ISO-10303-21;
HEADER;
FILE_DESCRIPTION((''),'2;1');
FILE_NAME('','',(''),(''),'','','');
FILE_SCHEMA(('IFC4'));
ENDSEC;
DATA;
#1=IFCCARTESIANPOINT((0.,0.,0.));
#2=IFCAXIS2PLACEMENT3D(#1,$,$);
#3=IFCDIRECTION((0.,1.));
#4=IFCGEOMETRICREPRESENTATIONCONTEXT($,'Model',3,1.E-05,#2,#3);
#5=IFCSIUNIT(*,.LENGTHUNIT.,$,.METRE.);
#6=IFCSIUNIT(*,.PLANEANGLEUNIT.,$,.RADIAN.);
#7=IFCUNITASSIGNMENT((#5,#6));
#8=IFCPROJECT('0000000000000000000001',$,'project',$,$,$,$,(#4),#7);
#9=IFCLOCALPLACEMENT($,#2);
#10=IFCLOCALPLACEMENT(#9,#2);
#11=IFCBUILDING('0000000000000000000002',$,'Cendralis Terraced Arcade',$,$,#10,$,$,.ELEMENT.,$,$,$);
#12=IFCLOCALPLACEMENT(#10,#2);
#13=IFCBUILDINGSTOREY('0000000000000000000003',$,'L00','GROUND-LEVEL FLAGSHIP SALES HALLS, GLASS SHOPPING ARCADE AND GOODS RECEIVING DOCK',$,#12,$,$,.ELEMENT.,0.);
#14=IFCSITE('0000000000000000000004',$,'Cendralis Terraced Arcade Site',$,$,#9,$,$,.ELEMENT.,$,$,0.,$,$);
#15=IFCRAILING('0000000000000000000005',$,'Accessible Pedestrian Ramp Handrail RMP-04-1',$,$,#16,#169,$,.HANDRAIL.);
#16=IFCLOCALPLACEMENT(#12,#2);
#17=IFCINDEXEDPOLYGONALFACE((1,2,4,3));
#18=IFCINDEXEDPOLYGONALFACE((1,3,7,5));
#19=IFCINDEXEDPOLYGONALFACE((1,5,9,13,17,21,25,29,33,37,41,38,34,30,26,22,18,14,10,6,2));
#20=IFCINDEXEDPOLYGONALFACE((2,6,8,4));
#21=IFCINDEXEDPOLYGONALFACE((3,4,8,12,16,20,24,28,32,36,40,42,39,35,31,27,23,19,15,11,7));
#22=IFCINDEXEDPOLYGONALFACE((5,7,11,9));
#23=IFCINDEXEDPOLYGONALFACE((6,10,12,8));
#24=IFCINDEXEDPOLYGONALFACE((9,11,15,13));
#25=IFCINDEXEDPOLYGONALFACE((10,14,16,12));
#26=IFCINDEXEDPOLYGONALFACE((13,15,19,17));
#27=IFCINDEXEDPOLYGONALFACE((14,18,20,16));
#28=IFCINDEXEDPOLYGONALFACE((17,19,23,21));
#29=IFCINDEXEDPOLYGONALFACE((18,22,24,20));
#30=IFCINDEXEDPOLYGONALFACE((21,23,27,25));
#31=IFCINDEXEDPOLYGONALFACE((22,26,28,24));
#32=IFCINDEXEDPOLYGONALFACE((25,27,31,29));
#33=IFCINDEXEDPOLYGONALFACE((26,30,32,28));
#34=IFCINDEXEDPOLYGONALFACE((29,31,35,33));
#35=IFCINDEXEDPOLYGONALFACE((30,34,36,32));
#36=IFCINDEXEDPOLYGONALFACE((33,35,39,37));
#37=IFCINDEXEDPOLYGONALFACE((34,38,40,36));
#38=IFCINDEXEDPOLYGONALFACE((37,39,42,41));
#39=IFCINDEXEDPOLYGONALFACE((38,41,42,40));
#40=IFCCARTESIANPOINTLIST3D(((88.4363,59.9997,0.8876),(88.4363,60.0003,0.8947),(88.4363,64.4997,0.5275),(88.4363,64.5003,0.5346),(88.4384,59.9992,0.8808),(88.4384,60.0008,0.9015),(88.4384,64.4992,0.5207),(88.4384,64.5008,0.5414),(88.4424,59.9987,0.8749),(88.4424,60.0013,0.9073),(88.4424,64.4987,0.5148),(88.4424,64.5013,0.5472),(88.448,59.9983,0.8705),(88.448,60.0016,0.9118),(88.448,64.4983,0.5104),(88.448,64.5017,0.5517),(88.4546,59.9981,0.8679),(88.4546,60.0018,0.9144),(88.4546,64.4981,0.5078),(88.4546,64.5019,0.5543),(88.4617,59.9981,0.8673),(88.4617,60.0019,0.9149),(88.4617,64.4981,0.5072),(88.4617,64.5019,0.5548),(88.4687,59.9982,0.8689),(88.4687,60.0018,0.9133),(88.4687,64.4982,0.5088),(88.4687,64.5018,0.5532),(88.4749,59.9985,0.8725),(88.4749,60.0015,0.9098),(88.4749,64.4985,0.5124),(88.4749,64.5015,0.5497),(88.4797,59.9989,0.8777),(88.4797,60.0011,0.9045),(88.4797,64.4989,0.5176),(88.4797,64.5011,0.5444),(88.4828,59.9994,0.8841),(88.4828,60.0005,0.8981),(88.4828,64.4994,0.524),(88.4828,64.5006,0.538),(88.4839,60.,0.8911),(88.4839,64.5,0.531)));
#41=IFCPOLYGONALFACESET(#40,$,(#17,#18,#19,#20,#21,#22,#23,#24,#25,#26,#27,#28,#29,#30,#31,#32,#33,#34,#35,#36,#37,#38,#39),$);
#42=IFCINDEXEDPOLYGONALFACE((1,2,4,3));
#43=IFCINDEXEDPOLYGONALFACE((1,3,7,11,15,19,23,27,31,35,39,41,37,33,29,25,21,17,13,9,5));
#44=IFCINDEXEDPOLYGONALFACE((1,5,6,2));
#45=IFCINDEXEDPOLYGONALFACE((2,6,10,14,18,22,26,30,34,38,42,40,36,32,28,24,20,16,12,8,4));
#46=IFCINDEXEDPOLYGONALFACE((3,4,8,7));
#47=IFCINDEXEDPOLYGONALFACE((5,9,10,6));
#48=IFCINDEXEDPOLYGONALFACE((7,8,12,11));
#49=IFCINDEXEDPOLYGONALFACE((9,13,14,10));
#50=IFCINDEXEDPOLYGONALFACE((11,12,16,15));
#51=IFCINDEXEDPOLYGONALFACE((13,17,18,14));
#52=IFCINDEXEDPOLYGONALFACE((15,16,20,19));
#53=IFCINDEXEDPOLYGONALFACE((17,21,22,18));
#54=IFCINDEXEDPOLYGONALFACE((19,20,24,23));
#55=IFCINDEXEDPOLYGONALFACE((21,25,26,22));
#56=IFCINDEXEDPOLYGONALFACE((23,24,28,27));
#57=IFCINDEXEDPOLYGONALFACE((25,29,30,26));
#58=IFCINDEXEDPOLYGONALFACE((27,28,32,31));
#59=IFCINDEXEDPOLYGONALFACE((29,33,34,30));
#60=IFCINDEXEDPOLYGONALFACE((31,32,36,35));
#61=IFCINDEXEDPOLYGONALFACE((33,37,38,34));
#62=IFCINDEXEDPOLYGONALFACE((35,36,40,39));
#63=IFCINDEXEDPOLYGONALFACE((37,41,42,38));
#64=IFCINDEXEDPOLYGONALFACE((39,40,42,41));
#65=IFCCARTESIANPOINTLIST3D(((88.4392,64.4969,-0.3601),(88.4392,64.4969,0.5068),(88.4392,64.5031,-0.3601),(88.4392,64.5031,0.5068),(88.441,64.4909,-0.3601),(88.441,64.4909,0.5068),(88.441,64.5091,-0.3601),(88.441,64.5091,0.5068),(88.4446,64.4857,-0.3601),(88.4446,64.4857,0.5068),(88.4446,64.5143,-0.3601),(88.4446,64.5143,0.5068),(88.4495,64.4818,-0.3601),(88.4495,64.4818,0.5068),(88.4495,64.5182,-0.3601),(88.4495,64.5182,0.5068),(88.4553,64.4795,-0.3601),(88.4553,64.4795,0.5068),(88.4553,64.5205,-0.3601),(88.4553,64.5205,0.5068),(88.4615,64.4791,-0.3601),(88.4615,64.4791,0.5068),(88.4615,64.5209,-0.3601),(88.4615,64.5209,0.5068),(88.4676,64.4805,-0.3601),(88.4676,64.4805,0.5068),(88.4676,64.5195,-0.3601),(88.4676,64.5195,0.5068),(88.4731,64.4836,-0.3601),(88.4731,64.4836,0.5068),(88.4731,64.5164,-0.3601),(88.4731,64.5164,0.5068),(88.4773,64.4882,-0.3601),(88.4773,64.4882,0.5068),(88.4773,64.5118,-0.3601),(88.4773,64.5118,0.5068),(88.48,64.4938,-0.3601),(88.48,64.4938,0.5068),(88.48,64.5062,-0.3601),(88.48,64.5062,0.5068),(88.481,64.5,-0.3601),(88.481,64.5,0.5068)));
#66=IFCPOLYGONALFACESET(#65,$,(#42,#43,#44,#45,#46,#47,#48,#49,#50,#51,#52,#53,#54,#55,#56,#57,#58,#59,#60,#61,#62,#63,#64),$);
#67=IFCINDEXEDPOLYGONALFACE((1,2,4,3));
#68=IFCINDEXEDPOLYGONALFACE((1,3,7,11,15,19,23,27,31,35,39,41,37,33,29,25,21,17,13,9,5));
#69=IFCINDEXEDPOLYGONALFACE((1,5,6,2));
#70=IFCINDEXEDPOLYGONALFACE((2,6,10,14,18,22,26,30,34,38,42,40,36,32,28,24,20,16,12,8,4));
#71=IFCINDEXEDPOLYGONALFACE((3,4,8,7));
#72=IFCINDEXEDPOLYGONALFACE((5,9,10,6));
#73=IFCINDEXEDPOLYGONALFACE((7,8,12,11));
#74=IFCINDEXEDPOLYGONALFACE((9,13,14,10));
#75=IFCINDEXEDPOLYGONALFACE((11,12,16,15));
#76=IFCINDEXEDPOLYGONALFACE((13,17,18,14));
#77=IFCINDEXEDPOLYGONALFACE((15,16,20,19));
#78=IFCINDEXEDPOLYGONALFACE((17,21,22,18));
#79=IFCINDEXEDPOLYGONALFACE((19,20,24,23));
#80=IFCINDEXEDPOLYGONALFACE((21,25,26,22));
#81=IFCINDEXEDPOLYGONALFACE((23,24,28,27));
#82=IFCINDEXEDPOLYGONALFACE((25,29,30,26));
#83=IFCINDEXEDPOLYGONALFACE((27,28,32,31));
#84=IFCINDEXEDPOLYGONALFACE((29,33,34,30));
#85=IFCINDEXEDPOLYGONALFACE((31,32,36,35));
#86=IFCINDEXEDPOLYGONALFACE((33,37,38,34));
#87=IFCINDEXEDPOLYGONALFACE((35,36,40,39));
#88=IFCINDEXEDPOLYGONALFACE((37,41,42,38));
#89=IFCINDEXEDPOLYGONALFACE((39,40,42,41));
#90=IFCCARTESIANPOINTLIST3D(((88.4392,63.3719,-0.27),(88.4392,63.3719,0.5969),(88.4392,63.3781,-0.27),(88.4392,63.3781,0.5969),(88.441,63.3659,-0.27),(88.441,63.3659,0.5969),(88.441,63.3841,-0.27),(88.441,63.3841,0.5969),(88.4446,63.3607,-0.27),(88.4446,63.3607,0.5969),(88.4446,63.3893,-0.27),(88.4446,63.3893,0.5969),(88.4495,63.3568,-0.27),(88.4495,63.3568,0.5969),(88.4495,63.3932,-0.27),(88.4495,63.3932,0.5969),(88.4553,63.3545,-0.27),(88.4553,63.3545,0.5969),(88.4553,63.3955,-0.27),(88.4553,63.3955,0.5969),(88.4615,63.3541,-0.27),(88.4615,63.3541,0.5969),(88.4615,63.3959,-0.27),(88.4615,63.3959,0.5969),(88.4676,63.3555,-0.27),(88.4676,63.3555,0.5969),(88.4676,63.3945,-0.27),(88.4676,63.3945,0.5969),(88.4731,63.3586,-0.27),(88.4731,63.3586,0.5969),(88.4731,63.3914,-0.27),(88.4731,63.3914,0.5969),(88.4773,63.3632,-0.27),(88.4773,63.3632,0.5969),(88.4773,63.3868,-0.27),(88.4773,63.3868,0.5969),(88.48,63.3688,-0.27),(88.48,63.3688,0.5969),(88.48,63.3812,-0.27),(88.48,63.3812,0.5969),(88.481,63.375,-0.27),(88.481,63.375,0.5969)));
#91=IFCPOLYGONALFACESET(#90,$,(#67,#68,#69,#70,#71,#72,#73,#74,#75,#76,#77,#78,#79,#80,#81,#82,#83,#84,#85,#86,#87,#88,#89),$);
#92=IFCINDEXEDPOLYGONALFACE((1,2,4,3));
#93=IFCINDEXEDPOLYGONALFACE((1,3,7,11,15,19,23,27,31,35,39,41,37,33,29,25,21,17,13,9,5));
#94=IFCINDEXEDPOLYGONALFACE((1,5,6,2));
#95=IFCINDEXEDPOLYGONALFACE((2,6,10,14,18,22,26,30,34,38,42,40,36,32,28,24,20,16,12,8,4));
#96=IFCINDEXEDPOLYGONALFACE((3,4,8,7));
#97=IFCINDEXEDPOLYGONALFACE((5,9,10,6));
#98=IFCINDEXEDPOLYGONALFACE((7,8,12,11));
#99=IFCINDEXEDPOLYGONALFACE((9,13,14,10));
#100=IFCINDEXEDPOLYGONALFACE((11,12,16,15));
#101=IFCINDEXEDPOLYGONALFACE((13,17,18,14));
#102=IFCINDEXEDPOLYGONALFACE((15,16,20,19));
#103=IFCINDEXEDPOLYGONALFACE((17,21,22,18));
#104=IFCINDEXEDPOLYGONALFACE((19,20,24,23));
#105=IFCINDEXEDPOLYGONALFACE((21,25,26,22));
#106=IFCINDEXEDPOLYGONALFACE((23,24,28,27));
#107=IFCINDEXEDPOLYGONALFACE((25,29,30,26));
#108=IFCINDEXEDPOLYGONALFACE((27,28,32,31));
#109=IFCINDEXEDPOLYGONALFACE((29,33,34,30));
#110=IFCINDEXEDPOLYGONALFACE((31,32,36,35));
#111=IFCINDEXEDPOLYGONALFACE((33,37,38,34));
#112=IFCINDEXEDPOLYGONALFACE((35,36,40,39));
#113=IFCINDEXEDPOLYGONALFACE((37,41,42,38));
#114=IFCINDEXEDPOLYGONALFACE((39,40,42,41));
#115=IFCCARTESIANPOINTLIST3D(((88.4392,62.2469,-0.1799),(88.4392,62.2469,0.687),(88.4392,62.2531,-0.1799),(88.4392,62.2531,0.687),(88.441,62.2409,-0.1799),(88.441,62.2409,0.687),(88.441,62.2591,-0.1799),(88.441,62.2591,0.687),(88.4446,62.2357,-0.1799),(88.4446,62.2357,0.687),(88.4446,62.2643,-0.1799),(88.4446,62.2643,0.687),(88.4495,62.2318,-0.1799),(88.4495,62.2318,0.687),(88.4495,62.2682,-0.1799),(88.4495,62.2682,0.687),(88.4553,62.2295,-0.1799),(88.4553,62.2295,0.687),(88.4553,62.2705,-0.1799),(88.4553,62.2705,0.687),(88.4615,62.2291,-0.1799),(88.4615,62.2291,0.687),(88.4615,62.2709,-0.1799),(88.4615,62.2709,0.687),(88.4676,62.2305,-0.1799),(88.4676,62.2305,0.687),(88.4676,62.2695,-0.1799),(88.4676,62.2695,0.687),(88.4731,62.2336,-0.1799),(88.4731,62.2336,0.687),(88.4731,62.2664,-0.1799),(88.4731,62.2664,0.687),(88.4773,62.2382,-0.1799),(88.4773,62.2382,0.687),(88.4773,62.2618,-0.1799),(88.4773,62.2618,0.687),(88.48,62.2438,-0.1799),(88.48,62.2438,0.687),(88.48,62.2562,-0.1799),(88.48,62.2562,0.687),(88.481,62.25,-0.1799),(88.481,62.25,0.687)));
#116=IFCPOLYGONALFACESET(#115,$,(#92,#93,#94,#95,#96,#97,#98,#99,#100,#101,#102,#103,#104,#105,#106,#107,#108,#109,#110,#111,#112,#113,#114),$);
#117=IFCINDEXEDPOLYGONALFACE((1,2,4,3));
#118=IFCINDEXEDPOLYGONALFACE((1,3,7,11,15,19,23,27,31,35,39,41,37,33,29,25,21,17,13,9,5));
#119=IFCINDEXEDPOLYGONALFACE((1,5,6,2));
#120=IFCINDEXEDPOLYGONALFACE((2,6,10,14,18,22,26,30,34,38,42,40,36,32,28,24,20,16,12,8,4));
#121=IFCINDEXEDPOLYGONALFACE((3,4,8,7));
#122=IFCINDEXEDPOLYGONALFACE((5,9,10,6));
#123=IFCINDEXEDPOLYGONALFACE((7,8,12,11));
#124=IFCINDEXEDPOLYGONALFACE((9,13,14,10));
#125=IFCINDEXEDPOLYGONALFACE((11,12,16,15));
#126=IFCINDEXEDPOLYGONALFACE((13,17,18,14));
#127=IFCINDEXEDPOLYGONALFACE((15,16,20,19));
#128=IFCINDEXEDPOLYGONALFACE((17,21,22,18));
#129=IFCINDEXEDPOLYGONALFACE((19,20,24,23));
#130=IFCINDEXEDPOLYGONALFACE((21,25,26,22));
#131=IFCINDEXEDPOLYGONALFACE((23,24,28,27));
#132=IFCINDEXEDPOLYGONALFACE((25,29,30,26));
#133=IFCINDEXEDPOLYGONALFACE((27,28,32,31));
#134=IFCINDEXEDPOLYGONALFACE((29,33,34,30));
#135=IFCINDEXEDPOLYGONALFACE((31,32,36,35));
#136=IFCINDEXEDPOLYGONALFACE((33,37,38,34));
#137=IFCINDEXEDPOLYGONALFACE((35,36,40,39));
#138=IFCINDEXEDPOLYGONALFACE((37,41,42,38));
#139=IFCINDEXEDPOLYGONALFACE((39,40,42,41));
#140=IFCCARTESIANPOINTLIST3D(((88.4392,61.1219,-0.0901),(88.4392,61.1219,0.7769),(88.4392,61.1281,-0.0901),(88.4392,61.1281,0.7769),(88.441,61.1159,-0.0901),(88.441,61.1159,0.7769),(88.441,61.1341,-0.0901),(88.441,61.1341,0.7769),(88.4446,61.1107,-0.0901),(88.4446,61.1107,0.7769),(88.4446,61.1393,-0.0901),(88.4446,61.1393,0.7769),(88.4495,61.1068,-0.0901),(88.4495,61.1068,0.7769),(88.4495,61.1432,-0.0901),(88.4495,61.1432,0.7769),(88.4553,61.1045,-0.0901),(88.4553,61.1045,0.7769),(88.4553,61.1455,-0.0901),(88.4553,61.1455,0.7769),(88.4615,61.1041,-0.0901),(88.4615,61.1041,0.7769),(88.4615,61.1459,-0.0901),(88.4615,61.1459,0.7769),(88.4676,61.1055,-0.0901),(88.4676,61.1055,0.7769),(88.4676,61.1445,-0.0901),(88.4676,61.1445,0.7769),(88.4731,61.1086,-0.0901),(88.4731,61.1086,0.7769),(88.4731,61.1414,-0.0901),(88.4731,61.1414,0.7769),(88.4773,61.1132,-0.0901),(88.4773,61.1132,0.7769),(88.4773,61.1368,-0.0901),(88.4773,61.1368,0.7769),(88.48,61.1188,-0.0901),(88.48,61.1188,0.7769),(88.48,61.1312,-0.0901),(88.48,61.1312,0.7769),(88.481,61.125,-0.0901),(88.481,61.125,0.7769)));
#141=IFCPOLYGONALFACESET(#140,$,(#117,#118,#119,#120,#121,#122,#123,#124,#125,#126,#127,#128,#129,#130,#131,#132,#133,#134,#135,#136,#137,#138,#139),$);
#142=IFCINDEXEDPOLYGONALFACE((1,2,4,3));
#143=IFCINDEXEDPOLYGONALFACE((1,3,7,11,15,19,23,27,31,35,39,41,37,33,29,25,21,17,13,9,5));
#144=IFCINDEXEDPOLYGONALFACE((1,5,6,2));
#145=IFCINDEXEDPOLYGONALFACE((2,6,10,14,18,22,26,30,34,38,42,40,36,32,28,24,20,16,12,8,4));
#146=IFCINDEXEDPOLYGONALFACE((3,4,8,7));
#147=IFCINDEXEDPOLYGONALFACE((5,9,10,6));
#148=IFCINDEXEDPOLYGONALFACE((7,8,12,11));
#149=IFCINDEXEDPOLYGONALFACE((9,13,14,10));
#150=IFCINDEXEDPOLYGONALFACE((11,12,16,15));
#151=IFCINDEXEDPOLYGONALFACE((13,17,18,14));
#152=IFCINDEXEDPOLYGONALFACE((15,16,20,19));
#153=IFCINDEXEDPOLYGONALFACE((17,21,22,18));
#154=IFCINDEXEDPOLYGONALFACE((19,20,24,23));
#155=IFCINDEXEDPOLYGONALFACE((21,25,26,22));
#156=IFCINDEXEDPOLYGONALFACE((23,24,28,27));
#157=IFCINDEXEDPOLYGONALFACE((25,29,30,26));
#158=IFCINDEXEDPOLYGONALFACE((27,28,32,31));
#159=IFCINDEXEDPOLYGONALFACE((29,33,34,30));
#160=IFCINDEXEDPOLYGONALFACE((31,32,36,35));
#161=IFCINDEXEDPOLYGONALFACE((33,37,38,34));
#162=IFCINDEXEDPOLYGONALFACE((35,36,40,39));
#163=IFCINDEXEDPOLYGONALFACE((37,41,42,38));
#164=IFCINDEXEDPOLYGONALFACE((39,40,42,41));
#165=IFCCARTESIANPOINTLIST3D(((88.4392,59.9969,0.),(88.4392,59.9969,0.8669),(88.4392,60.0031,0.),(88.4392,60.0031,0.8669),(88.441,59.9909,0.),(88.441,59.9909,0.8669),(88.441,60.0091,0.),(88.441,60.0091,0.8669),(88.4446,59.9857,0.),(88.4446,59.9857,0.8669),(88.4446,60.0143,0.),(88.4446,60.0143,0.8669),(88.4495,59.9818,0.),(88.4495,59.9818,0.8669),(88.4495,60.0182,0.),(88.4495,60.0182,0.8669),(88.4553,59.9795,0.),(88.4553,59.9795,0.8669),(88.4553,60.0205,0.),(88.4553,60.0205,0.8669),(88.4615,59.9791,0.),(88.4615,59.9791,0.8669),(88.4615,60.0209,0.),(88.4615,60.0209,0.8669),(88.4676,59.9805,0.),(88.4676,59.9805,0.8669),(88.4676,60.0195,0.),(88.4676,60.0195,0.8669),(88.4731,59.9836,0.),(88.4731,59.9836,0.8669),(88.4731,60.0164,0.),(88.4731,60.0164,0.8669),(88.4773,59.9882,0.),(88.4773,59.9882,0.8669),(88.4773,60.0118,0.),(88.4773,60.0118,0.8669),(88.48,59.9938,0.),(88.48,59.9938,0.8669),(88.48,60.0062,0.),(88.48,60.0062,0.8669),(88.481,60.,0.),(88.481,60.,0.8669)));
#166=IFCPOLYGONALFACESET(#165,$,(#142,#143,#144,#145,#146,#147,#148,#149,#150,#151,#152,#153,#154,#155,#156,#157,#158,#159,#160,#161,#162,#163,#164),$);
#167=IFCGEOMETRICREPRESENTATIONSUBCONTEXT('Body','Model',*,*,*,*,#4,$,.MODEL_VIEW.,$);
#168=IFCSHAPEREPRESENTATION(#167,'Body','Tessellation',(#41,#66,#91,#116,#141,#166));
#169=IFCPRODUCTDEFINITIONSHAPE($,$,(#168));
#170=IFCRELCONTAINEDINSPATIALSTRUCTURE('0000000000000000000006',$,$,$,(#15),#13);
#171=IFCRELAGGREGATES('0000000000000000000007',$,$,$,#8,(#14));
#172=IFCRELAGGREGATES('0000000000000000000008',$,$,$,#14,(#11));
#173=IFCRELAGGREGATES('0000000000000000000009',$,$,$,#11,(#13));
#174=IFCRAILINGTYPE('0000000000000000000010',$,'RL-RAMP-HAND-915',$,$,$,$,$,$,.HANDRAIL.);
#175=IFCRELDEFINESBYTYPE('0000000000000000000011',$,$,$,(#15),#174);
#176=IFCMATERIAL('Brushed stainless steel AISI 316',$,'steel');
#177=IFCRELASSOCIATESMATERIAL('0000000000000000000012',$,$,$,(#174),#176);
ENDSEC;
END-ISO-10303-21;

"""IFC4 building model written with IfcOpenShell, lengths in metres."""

from ifc_helpers import new_model, si_unit, direction, frame, origin, origin_2d, place, context, subcontext, project, spatial, circle, extrude, material, type_object, element, save


model = new_model("IFC4")

# Units and contexts
model_context = context("Model", 3, precision=1e-05, world=origin(), true_north=direction((0.0, 1.0)))
body_context = subcontext(model_context, "Body", "Model", "MODEL_VIEW")
ifc_project = project(units=[si_unit("LENGTHUNIT", "METRE"), si_unit("PLANEANGLEUNIT", "RADIAN")], contexts=[model_context])

# Site, building, storey
site_placement = place(None, origin())
site = spatial("IfcSite", under=ifc_project, at=site_placement, Name="Cendralis Terraced Arcade Site", CompositionType="ELEMENT", RefElevation=0.0)
building_placement = place(site_placement, origin())
building = spatial("IfcBuilding", under=site, at=building_placement, Name="Cendralis Terraced Arcade", CompositionType="ELEMENT")
storey_placement = place(building_placement, origin())
storey = spatial("IfcBuildingStorey", under=building, at=storey_placement, Name="L00", Description="GROUND-LEVEL FLAGSHIP SALES HALLS, GLASS SHOPPING ARCADE AND GOODS RECEIVING DOCK", CompositionType="ELEMENT", Elevation=0.0)

# Railing
ifc_material_1 = material(Name="Brushed stainless steel AISI 316", Category="steel")
railing_type = type_object("IfcRailingType", Name="RL-RAMP-HAND-915", PredefinedType="HANDRAIL", material=ifc_material_1)
for number, where, name in (
    (1, (88.46, 64.5, -0.3601), "Accessible Pedestrian Ramp Handrail RMP-04-1"),
):
    element("IfcRailing", number, at=place(storey_placement, frame(where)), inside=storey, type_object=railing_type, Name=name, PredefinedType="HANDRAIL", context=body_context, shape_type="SweptSolid", body=[
        extrude(circle(Radius=0.0239, at=origin_2d()), frame((0.0, 0.0, 0.8911), z_axis=(0.0, -0.996813, 0.079769), x_axis=(1.0, 0.0, 0.0)), (0.0, 0.0, 1.0), 4.5144),
        extrude(circle(Radius=0.021, at=origin_2d()), origin(), (0.0, 0.0, 1.0), 0.8669),
        extrude(circle(Radius=0.021, at=origin_2d()), frame((0.0, -1.125, 0.0901)), (0.0, 0.0, 1.0), 0.8669),
        extrude(circle(Radius=0.021, at=origin_2d()), frame((0.0, -2.25, 0.1802)), (0.0, 0.0, 1.0), 0.8669),
        extrude(circle(Radius=0.021, at=origin_2d()), frame((0.0, -3.375, 0.27)), (0.0, 0.0, 1.0), 0.8669),
        extrude(circle(Radius=0.021, at=origin_2d()), frame((0.0, -4.5, 0.3601)), (0.0, 0.0, 1.0), 0.8669),
    ])

save(model, "model.ifc")
